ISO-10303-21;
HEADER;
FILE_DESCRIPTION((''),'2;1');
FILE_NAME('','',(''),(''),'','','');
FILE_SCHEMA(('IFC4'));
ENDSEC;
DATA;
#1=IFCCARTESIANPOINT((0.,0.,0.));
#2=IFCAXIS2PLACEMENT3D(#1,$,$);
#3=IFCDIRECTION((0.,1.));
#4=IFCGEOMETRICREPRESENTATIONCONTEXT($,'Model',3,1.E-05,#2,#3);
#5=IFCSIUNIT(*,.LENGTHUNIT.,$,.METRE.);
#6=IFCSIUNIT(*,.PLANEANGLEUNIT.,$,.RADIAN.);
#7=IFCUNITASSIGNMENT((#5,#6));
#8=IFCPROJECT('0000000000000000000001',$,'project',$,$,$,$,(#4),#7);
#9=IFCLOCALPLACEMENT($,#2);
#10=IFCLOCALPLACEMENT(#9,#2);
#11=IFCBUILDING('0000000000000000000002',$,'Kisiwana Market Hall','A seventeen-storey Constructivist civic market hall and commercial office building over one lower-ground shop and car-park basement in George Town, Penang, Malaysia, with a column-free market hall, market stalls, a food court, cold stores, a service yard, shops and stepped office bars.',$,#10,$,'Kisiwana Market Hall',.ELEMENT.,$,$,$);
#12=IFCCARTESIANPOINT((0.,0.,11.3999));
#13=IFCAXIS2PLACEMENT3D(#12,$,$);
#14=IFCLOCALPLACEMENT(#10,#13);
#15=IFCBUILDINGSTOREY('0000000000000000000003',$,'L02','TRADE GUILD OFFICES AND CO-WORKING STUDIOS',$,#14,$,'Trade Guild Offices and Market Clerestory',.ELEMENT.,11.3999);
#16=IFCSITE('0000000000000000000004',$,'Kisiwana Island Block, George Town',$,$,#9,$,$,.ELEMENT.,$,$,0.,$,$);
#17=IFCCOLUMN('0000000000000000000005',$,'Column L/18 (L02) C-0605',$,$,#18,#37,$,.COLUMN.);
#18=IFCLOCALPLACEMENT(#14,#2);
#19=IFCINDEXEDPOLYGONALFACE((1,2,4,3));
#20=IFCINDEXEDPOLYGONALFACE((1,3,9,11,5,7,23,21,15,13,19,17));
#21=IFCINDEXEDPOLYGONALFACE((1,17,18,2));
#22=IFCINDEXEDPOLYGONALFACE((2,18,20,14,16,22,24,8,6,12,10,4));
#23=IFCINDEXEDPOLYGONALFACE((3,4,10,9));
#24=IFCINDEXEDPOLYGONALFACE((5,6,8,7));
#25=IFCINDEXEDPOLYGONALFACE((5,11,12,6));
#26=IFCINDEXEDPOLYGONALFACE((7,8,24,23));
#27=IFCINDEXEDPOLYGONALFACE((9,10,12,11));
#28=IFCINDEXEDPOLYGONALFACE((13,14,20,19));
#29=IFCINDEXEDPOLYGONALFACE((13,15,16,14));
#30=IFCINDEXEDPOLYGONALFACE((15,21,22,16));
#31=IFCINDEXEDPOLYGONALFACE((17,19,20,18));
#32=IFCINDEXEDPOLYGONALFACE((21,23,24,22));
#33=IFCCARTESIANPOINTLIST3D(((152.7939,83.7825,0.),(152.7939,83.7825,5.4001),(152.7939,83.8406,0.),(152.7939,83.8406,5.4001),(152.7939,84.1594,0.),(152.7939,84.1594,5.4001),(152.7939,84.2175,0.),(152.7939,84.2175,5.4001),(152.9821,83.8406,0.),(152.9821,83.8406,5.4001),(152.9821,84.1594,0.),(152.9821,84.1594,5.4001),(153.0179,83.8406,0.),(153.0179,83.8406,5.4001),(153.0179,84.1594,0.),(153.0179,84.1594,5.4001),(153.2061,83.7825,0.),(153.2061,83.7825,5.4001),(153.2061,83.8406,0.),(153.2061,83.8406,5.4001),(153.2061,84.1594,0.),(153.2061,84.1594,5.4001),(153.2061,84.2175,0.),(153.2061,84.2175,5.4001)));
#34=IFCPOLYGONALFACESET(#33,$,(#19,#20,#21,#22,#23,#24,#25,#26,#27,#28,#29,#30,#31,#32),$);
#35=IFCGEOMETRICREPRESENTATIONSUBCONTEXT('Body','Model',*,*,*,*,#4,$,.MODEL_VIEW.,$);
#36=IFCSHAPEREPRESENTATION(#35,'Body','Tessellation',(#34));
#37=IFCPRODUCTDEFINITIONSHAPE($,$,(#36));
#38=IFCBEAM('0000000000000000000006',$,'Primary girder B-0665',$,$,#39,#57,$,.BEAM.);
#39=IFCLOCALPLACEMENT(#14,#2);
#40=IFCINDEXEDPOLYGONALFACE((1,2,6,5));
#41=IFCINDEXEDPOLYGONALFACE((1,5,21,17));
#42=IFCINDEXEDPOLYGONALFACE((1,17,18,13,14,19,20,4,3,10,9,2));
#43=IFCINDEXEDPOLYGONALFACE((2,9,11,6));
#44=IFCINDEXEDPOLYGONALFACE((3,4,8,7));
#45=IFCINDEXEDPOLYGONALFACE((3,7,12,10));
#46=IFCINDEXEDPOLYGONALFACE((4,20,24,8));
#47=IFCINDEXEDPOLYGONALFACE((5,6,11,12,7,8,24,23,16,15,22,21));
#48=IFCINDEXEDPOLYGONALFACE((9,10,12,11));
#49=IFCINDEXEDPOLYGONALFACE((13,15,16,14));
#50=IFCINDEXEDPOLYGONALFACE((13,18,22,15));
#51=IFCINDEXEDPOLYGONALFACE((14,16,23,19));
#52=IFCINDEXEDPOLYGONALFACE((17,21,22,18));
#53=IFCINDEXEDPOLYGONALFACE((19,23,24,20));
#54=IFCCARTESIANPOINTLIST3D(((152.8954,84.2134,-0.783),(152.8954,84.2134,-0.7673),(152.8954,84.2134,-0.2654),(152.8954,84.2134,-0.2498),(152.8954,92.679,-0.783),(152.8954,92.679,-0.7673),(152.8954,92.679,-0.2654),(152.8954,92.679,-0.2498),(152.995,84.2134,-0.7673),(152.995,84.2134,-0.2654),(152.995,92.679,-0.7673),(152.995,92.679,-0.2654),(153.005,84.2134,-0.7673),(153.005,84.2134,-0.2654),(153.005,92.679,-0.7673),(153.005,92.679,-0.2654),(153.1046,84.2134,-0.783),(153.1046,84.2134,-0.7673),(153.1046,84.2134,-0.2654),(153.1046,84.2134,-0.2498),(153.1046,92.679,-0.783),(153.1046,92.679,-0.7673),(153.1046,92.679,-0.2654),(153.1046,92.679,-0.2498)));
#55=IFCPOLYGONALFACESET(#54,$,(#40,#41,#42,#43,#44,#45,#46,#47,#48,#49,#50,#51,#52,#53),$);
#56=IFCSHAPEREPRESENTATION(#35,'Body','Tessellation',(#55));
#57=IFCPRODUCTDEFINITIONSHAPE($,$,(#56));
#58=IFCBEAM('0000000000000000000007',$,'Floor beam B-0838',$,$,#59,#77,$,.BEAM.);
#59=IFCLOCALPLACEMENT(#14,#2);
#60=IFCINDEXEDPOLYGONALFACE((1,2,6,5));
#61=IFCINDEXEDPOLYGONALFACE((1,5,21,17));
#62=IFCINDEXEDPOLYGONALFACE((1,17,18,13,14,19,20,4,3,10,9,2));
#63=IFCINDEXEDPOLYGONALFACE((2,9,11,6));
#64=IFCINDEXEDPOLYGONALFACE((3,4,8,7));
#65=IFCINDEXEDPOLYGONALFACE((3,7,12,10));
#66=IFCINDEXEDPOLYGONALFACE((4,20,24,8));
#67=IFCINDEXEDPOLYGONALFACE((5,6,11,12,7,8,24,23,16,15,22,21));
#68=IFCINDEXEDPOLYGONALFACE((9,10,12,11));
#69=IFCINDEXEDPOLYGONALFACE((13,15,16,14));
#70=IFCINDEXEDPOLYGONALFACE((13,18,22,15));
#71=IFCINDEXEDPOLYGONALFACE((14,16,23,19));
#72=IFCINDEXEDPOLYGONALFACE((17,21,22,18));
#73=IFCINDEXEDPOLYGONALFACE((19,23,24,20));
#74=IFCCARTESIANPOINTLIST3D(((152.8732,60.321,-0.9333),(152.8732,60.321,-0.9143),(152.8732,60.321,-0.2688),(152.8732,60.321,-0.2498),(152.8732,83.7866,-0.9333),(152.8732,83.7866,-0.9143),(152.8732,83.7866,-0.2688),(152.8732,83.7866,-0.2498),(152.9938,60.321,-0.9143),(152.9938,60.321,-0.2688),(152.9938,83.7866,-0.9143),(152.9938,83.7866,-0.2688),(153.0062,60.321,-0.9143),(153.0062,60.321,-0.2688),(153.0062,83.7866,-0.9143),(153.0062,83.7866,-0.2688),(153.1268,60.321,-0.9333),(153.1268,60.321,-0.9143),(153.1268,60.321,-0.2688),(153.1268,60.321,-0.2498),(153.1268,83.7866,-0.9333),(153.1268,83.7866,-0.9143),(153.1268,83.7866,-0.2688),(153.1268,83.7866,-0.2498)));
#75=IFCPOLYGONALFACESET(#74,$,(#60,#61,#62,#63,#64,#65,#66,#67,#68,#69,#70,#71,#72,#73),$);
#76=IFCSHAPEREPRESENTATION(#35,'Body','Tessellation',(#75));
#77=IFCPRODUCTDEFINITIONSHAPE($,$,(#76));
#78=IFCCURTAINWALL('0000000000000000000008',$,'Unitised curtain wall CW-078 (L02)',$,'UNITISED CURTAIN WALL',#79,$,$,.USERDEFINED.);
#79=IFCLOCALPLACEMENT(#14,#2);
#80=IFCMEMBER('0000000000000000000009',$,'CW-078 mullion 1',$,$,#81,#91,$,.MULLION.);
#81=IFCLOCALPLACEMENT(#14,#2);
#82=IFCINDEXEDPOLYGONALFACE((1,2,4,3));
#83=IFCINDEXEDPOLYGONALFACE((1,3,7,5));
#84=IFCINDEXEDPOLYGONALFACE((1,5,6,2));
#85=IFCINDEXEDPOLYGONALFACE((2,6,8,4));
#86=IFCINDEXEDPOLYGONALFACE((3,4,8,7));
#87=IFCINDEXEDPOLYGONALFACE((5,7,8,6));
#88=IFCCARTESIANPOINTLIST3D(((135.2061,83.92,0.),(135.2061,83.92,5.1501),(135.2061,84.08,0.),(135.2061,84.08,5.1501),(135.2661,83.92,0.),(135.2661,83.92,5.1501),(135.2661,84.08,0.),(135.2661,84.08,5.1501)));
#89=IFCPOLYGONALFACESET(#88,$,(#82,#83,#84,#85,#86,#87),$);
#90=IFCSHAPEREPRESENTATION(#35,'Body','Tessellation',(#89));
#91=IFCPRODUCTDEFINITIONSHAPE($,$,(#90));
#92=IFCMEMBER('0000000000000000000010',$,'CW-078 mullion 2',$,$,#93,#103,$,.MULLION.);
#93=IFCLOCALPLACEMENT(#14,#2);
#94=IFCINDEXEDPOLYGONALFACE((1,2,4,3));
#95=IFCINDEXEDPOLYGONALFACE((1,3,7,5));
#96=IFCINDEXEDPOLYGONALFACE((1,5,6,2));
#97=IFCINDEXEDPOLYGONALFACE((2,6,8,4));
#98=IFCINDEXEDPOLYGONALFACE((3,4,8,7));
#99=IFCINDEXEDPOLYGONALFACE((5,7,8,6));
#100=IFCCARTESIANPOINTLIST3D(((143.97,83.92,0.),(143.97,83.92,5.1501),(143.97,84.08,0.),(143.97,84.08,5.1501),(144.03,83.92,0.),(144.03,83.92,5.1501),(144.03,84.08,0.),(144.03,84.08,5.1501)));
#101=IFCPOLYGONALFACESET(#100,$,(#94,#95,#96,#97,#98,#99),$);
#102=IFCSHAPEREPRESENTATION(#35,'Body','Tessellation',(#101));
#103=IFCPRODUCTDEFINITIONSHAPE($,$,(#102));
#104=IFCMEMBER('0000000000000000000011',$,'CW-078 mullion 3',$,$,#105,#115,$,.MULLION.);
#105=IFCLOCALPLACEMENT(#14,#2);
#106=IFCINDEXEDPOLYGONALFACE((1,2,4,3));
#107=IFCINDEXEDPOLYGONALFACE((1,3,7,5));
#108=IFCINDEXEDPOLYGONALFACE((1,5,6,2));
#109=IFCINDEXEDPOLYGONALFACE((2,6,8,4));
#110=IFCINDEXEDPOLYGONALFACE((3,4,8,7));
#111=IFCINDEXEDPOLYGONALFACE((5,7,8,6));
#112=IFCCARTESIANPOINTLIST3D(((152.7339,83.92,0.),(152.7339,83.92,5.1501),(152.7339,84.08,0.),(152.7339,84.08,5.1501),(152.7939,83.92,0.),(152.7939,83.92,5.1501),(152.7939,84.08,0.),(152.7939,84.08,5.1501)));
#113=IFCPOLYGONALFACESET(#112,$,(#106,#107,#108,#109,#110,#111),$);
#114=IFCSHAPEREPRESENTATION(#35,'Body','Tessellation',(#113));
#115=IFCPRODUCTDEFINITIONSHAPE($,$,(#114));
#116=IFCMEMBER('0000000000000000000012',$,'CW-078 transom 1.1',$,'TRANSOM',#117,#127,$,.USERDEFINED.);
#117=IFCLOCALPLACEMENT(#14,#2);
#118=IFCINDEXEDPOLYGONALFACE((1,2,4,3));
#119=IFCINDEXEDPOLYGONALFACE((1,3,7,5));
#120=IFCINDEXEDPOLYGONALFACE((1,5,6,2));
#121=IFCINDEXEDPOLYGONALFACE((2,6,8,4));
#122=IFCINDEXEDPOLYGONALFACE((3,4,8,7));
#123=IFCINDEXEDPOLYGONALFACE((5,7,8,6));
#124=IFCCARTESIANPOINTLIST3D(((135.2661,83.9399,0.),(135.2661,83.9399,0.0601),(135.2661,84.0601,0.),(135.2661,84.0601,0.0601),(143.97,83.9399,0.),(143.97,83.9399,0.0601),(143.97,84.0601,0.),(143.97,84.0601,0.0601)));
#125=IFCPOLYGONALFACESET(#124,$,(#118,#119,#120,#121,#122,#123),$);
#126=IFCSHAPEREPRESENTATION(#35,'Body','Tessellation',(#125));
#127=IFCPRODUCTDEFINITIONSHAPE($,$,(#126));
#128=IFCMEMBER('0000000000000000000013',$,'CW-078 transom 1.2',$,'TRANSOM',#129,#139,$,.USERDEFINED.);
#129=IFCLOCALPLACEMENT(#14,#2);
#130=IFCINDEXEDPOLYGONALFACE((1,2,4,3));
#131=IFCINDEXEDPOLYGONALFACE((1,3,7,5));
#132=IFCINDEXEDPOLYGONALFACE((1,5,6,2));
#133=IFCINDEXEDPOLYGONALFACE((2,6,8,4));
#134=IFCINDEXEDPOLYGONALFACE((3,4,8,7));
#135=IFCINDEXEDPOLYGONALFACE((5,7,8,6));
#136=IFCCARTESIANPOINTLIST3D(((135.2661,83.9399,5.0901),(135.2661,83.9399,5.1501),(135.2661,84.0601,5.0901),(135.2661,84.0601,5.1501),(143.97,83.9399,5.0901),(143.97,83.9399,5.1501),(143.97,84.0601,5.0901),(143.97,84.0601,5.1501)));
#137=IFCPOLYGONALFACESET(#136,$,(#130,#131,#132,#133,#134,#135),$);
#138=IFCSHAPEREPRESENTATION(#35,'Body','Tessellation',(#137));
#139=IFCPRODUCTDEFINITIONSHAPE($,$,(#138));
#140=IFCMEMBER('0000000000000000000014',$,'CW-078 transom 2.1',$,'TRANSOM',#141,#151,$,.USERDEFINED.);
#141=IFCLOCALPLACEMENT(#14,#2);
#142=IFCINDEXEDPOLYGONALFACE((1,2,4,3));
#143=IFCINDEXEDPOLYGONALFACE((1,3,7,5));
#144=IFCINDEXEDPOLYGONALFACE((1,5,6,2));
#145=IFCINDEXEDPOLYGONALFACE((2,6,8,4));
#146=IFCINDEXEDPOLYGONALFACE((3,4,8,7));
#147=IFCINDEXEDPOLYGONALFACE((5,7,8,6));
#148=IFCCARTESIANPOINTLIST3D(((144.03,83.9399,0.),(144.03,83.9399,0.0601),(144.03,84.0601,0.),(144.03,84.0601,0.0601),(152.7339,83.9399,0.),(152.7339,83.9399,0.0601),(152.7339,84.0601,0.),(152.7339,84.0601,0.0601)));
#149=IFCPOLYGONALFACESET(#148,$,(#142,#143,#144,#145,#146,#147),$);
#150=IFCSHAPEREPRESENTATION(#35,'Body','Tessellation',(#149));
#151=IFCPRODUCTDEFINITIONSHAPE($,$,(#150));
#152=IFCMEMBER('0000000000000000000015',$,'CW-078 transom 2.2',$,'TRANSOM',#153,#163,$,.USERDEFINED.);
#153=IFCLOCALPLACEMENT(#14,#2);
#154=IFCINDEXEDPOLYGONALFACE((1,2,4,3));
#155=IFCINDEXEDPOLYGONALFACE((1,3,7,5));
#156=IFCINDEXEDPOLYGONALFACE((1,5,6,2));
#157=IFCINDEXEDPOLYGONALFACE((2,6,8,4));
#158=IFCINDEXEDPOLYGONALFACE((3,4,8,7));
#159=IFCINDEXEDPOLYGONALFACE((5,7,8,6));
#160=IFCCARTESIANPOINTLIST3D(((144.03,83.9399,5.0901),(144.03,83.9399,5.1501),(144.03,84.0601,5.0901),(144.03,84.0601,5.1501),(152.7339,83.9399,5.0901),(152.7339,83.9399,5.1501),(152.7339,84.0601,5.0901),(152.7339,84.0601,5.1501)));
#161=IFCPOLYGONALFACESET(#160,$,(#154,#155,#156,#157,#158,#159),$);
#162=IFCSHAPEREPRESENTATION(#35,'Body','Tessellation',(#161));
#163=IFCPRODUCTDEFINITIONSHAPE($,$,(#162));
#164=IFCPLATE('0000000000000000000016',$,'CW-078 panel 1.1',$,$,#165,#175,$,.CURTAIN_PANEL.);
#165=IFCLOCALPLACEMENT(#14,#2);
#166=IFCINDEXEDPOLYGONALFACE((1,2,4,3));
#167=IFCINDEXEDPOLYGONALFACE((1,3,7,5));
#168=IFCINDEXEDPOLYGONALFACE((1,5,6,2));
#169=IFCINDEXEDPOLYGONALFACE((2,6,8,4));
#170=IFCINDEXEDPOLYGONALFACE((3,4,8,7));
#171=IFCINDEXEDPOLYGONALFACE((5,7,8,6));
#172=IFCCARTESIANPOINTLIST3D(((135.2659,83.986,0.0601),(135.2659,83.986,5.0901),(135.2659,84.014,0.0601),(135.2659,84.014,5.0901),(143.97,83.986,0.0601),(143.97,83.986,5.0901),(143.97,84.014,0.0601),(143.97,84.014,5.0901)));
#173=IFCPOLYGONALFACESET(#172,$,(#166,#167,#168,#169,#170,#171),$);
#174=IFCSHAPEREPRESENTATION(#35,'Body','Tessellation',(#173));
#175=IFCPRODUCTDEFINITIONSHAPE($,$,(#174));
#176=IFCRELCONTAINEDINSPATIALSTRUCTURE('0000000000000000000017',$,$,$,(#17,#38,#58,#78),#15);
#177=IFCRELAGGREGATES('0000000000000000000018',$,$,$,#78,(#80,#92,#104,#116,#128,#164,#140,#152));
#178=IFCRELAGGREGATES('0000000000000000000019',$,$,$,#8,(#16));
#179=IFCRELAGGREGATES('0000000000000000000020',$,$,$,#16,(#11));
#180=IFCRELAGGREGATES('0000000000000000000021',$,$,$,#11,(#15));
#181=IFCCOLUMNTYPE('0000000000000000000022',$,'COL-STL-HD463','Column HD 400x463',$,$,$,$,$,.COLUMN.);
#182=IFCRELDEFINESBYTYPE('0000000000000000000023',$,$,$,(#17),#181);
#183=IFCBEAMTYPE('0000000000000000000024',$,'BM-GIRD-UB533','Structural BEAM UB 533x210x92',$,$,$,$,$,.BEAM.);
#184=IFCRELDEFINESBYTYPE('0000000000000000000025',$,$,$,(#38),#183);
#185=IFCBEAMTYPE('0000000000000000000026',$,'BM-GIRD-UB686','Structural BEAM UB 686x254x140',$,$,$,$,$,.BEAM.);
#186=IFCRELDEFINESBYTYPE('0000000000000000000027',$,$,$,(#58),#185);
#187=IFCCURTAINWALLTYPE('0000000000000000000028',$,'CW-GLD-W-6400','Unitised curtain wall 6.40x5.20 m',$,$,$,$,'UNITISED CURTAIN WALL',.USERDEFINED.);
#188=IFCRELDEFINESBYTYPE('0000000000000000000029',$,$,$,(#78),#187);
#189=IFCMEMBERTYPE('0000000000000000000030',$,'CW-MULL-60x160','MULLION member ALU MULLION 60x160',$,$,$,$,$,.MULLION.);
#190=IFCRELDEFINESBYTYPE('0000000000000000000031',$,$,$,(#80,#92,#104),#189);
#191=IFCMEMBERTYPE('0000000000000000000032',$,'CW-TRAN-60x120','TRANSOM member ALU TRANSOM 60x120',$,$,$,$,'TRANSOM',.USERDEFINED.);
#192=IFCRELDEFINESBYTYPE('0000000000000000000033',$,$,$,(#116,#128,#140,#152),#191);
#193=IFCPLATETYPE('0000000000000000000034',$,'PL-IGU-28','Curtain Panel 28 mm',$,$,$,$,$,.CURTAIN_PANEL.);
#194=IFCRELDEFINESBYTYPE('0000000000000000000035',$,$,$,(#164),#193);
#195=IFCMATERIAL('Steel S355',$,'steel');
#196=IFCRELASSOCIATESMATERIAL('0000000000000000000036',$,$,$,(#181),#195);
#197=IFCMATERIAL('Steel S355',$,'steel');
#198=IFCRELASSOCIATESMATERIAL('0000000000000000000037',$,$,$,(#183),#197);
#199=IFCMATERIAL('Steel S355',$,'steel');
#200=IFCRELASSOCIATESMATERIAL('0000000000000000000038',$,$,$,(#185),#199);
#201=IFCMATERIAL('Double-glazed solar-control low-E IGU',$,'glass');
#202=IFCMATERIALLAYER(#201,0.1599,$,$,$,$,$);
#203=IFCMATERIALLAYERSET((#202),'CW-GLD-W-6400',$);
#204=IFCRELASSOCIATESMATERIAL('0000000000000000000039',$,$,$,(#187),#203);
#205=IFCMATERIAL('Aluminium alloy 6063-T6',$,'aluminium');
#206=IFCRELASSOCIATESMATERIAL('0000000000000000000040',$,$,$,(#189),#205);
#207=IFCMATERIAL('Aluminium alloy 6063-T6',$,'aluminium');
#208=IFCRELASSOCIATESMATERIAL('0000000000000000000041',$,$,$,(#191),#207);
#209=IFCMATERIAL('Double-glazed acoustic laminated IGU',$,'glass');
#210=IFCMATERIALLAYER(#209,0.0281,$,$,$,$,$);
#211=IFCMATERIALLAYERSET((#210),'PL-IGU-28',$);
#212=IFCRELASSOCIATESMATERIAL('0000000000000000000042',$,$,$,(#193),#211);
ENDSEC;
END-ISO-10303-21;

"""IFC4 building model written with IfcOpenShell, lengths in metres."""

from ifc_helpers import new_model, si_unit, direction, frame, origin, origin_2d, place, context, subcontext, project, spatial, rectangle, i_section, extrude, material, layer, layer_set, material_profile, profile_set, type_object, element, aggregate, save


model = new_model("IFC4")

# Units and contexts
model_context = context("Model", 3, precision=1e-05, world=origin(), true_north=direction((0.0, 1.0)))
body_context = subcontext(model_context, "Body", "Model", "MODEL_VIEW")
ifc_project = project(units=[si_unit("LENGTHUNIT", "METRE"), si_unit("PLANEANGLEUNIT", "RADIAN")], contexts=[model_context])

# Site, building, storey
site_placement = place(None, origin())
site = spatial("IfcSite", under=ifc_project, at=site_placement, Name="Kisiwana Island Block, George Town", CompositionType="ELEMENT", RefElevation=0.0)
building_placement = place(site_placement, origin())
building = spatial("IfcBuilding", under=site, at=building_placement, Name="Kisiwana Market Hall", Description="A seventeen-storey Constructivist civic market hall and commercial office building over one lower-ground shop and car-park basement in George Town, Penang, Malaysia, with a column-free market hall, market stalls, a food court, cold stores, a service yard, shops and stepped office bars.", LongName="Kisiwana Market Hall", CompositionType="ELEMENT")
storey_placement = place(building_placement, frame((0.0, 0.0, 11.3999)))
storey = spatial("IfcBuildingStorey", under=building, at=storey_placement, Name="L02", Description="TRADE GUILD OFFICES AND CO-WORKING STUDIOS", LongName="Trade Guild Offices and Market Clerestory", CompositionType="ELEMENT", Elevation=11.3999)

# Column
ifc_material_1 = material(Name="Steel S355", Category="steel")
ifc_material_profile_1 = material_profile(ifc_material_1, i_section(OverallWidth=0.4121, OverallDepth=0.4351, WebThickness=0.0359, FlangeThickness=0.0581, at=origin_2d()), Name="HD 400x463")
ifc_profile_set_1 = profile_set([ifc_material_profile_1], Name="Steel S355")
column_type = type_object("IfcColumnType", Name="COL-STL-HD463", Description="Column HD 400x463", PredefinedType="COLUMN", material=ifc_profile_set_1)
column_placement = place(storey_placement, frame((153.0, 84.0, 0.0), z_axis=(0.0, 0.0, 1.0), x_axis=(1.0, 0.0, 0.0)))
element("IfcColumn", 1, at=column_placement, inside=storey, type_object=column_type, Name="Column L/18 (L02) C-0605", PredefinedType="COLUMN", context=body_context, shape_type="SweptSolid", body=[
    extrude(i_section(OverallWidth=0.4121, OverallDepth=0.4351, WebThickness=0.0359, FlangeThickness=0.0581, at=origin_2d()), origin(), (0.0, 0.0, 1.0), 5.4001),
])

# Beams
ifc_material_2 = material(Name="Steel S355", Category="steel")
ifc_material_profile_2 = material_profile(ifc_material_2, i_section(OverallWidth=0.2092, OverallDepth=0.5332, WebThickness=0.01, FlangeThickness=0.0156, at=origin_2d()), Name="UB 533x210x92")
ifc_profile_set_2 = profile_set([ifc_material_profile_2], Name="Steel S355")
beam_type_1 = type_object("IfcBeamType", Name="BM-GIRD-UB533", Description="Structural BEAM UB 533x210x92", PredefinedType="BEAM", material=ifc_profile_set_2)
beam_1_placement = place(storey_placement, frame((153.0, 84.2134, -0.5164), z_axis=(0.0, 1.0, 0.0), x_axis=(-1.0, 0.0, 0.0)))
element("IfcBeam", 2, at=beam_1_placement, inside=storey, type_object=beam_type_1, Name="Primary girder B-0665", PredefinedType="BEAM", context=body_context, shape_type="SweptSolid", body=[
    extrude(i_section(OverallWidth=0.2092, OverallDepth=0.5332, WebThickness=0.01, FlangeThickness=0.0156, at=origin_2d()), origin(), (0.0, 0.0, 1.0), 8.4656),
])
ifc_material_3 = material(Name="Steel S355", Category="steel")
ifc_material_profile_3 = material_profile(ifc_material_3, i_section(OverallWidth=0.2537, OverallDepth=0.6836, WebThickness=0.0125, FlangeThickness=0.019, at=origin_2d()), Name="UB 686x254x140")
ifc_profile_set_3 = profile_set([ifc_material_profile_3], Name="Steel S355")
beam_type_2 = type_object("IfcBeamType", Name="BM-GIRD-UB686", Description="Structural BEAM UB 686x254x140", PredefinedType="BEAM", material=ifc_profile_set_3)
beam_2_placement = place(storey_placement, frame((153.0, 60.321, -0.5916), z_axis=(0.0, 1.0, 0.0), x_axis=(-1.0, 0.0, 0.0)))
element("IfcBeam", 3, at=beam_2_placement, inside=storey, type_object=beam_type_2, Name="Floor beam B-0838", PredefinedType="BEAM", context=body_context, shape_type="SweptSolid", body=[
    extrude(i_section(OverallWidth=0.2537, OverallDepth=0.6836, WebThickness=0.0125, FlangeThickness=0.019, at=origin_2d()), origin(), (0.0, 0.0, 1.0), 23.4656),
])

# Curtain wall, members, plate
ifc_material_4 = material(Name="Double-glazed solar-control low-E IGU", Category="glass")
ifc_layer_1 = layer(ifc_material_4, 0.1599)
ifc_layer_set_1 = layer_set([ifc_layer_1], Name="CW-GLD-W-6400")
curtain_wall_type = type_object("IfcCurtainWallType", Name="CW-GLD-W-6400", Description="Unitised curtain wall 6.40x5.20 m", ElementType="UNITISED CURTAIN WALL", PredefinedType="USERDEFINED", material=ifc_layer_set_1)
curtain_wall_placement = place(storey_placement, origin())
curtain_wall = element("IfcCurtainWall", 4, at=curtain_wall_placement, inside=storey, type_object=curtain_wall_type, Name="Unitised curtain wall CW-078 (L02)", ObjectType="UNITISED CURTAIN WALL", PredefinedType="USERDEFINED")
ifc_material_5 = material(Name="Aluminium alloy 6063-T6", Category="aluminium")
ifc_material_profile_4 = material_profile(ifc_material_5, rectangle(XDim=0.0601, YDim=0.1599, at=origin_2d()), Name="ALU MULLION 60x160")
ifc_profile_set_4 = profile_set([ifc_material_profile_4], Name="Aluminium alloy 6063-T6")
member_type_1 = type_object("IfcMemberType", Name="CW-MULL-60x160", Description="MULLION member ALU MULLION 60x160", PredefinedType="MULLION", material=ifc_profile_set_4)
member_1_placement = place(storey_placement, frame((135.2361, 84.0, 0.0), z_axis=(0.0, 0.0, 1.0), x_axis=(1.0, 0.0, 0.0)))
member_1 = element("IfcMember", 5, at=member_1_placement, type_object=member_type_1, Name="CW-078 mullion 1", PredefinedType="MULLION", context=body_context, shape_type="SweptSolid", body=[
    extrude(rectangle(XDim=0.0601, YDim=0.1599, at=origin_2d()), origin(), (0.0, 0.0, 1.0), 5.1501),
])
member_2_placement = place(storey_placement, frame((144.0, 84.0, 0.0), z_axis=(0.0, 0.0, 1.0), x_axis=(1.0, 0.0, 0.0)))
member_2 = element("IfcMember", 6, at=member_2_placement, type_object=member_type_1, Name="CW-078 mullion 2", PredefinedType="MULLION", context=body_context, shape_type="SweptSolid", body=[
    extrude(rectangle(XDim=0.0601, YDim=0.1599, at=origin_2d()), origin(), (0.0, 0.0, 1.0), 5.1501),
])
member_3_placement = place(storey_placement, frame((152.7639, 84.0, 0.0), z_axis=(0.0, 0.0, 1.0), x_axis=(1.0, 0.0, 0.0)))
member_3 = element("IfcMember", 7, at=member_3_placement, type_object=member_type_1, Name="CW-078 mullion 3", PredefinedType="MULLION", context=body_context, shape_type="SweptSolid", body=[
    extrude(rectangle(XDim=0.0601, YDim=0.1599, at=origin_2d()), origin(), (0.0, 0.0, 1.0), 5.1501),
])
ifc_material_6 = material(Name="Aluminium alloy 6063-T6", Category="aluminium")
ifc_material_profile_5 = material_profile(ifc_material_6, rectangle(XDim=0.1201, YDim=0.0601, at=origin_2d()), Name="ALU TRANSOM 60x120")
ifc_profile_set_5 = profile_set([ifc_material_profile_5], Name="Aluminium alloy 6063-T6")
member_type_2 = type_object("IfcMemberType", Name="CW-TRAN-60x120", Description="TRANSOM member ALU TRANSOM 60x120", ElementType="TRANSOM", PredefinedType="USERDEFINED", material=ifc_profile_set_5)
member_4_placement = place(storey_placement, frame((135.2661, 84.0, 0.03), z_axis=(1.0, 0.0, 0.0), x_axis=(0.0, 1.0, 0.0)))
member_4 = element("IfcMember", 8, at=member_4_placement, type_object=member_type_2, Name="CW-078 transom 1.1", ObjectType="TRANSOM", PredefinedType="USERDEFINED", context=body_context, shape_type="SweptSolid", body=[
    extrude(rectangle(XDim=0.1201, YDim=0.0601, at=origin_2d()), origin(), (0.0, 0.0, 1.0), 8.7039),
])
member_5_placement = place(storey_placement, frame((135.2661, 84.0, 5.1201), z_axis=(1.0, 0.0, 0.0), x_axis=(0.0, 1.0, 0.0)))
member_5 = element("IfcMember", 9, at=member_5_placement, type_object=member_type_2, Name="CW-078 transom 1.2", ObjectType="TRANSOM", PredefinedType="USERDEFINED", context=body_context, shape_type="SweptSolid", body=[
    extrude(rectangle(XDim=0.1201, YDim=0.0601, at=origin_2d()), origin(), (0.0, 0.0, 1.0), 8.7039),
])
member_6_placement = place(storey_placement, frame((144.03, 84.0, 0.03), z_axis=(1.0, 0.0, 0.0), x_axis=(0.0, 1.0, 0.0)))
member_6 = element("IfcMember", 10, at=member_6_placement, type_object=member_type_2, Name="CW-078 transom 2.1", ObjectType="TRANSOM", PredefinedType="USERDEFINED", context=body_context, shape_type="SweptSolid", body=[
    extrude(rectangle(XDim=0.1201, YDim=0.0601, at=origin_2d()), origin(), (0.0, 0.0, 1.0), 8.7039),
])
member_7_placement = place(storey_placement, frame((144.03, 84.0, 5.1201), z_axis=(1.0, 0.0, 0.0), x_axis=(0.0, 1.0, 0.0)))
member_7 = element("IfcMember", 11, at=member_7_placement, type_object=member_type_2, Name="CW-078 transom 2.2", ObjectType="TRANSOM", PredefinedType="USERDEFINED", context=body_context, shape_type="SweptSolid", body=[
    extrude(rectangle(XDim=0.1201, YDim=0.0601, at=origin_2d()), origin(), (0.0, 0.0, 1.0), 8.7039),
])
ifc_material_7 = material(Name="Double-glazed acoustic laminated IGU", Category="glass")
ifc_layer_2 = layer(ifc_material_7, 0.0281)
ifc_layer_set_2 = layer_set([ifc_layer_2], Name="PL-IGU-28")
plate_type = type_object("IfcPlateType", Name="PL-IGU-28", Description="Curtain Panel 28 mm", PredefinedType="CURTAIN_PANEL", material=ifc_layer_set_2)
plate_1_placement = place(storey_placement, frame((139.6179, 84.0, 0.0601), z_axis=(0.0, 0.0, 1.0), x_axis=(1.0, 0.0, 0.0)))
plate_1 = element("IfcPlate", 12, at=plate_1_placement, type_object=plate_type, Name="CW-078 panel 1.1", PredefinedType="CURTAIN_PANEL", context=body_context, shape_type="SweptSolid", body=[
    extrude(rectangle(XDim=8.7041, YDim=0.0281, at=origin_2d()), origin(), (0.0, 0.0, 1.0), 5.03),
])
aggregate(curtain_wall, [member_1, member_2, member_3, member_4, member_5, plate_1, member_6, member_7])

save(model, "model.ifc")
